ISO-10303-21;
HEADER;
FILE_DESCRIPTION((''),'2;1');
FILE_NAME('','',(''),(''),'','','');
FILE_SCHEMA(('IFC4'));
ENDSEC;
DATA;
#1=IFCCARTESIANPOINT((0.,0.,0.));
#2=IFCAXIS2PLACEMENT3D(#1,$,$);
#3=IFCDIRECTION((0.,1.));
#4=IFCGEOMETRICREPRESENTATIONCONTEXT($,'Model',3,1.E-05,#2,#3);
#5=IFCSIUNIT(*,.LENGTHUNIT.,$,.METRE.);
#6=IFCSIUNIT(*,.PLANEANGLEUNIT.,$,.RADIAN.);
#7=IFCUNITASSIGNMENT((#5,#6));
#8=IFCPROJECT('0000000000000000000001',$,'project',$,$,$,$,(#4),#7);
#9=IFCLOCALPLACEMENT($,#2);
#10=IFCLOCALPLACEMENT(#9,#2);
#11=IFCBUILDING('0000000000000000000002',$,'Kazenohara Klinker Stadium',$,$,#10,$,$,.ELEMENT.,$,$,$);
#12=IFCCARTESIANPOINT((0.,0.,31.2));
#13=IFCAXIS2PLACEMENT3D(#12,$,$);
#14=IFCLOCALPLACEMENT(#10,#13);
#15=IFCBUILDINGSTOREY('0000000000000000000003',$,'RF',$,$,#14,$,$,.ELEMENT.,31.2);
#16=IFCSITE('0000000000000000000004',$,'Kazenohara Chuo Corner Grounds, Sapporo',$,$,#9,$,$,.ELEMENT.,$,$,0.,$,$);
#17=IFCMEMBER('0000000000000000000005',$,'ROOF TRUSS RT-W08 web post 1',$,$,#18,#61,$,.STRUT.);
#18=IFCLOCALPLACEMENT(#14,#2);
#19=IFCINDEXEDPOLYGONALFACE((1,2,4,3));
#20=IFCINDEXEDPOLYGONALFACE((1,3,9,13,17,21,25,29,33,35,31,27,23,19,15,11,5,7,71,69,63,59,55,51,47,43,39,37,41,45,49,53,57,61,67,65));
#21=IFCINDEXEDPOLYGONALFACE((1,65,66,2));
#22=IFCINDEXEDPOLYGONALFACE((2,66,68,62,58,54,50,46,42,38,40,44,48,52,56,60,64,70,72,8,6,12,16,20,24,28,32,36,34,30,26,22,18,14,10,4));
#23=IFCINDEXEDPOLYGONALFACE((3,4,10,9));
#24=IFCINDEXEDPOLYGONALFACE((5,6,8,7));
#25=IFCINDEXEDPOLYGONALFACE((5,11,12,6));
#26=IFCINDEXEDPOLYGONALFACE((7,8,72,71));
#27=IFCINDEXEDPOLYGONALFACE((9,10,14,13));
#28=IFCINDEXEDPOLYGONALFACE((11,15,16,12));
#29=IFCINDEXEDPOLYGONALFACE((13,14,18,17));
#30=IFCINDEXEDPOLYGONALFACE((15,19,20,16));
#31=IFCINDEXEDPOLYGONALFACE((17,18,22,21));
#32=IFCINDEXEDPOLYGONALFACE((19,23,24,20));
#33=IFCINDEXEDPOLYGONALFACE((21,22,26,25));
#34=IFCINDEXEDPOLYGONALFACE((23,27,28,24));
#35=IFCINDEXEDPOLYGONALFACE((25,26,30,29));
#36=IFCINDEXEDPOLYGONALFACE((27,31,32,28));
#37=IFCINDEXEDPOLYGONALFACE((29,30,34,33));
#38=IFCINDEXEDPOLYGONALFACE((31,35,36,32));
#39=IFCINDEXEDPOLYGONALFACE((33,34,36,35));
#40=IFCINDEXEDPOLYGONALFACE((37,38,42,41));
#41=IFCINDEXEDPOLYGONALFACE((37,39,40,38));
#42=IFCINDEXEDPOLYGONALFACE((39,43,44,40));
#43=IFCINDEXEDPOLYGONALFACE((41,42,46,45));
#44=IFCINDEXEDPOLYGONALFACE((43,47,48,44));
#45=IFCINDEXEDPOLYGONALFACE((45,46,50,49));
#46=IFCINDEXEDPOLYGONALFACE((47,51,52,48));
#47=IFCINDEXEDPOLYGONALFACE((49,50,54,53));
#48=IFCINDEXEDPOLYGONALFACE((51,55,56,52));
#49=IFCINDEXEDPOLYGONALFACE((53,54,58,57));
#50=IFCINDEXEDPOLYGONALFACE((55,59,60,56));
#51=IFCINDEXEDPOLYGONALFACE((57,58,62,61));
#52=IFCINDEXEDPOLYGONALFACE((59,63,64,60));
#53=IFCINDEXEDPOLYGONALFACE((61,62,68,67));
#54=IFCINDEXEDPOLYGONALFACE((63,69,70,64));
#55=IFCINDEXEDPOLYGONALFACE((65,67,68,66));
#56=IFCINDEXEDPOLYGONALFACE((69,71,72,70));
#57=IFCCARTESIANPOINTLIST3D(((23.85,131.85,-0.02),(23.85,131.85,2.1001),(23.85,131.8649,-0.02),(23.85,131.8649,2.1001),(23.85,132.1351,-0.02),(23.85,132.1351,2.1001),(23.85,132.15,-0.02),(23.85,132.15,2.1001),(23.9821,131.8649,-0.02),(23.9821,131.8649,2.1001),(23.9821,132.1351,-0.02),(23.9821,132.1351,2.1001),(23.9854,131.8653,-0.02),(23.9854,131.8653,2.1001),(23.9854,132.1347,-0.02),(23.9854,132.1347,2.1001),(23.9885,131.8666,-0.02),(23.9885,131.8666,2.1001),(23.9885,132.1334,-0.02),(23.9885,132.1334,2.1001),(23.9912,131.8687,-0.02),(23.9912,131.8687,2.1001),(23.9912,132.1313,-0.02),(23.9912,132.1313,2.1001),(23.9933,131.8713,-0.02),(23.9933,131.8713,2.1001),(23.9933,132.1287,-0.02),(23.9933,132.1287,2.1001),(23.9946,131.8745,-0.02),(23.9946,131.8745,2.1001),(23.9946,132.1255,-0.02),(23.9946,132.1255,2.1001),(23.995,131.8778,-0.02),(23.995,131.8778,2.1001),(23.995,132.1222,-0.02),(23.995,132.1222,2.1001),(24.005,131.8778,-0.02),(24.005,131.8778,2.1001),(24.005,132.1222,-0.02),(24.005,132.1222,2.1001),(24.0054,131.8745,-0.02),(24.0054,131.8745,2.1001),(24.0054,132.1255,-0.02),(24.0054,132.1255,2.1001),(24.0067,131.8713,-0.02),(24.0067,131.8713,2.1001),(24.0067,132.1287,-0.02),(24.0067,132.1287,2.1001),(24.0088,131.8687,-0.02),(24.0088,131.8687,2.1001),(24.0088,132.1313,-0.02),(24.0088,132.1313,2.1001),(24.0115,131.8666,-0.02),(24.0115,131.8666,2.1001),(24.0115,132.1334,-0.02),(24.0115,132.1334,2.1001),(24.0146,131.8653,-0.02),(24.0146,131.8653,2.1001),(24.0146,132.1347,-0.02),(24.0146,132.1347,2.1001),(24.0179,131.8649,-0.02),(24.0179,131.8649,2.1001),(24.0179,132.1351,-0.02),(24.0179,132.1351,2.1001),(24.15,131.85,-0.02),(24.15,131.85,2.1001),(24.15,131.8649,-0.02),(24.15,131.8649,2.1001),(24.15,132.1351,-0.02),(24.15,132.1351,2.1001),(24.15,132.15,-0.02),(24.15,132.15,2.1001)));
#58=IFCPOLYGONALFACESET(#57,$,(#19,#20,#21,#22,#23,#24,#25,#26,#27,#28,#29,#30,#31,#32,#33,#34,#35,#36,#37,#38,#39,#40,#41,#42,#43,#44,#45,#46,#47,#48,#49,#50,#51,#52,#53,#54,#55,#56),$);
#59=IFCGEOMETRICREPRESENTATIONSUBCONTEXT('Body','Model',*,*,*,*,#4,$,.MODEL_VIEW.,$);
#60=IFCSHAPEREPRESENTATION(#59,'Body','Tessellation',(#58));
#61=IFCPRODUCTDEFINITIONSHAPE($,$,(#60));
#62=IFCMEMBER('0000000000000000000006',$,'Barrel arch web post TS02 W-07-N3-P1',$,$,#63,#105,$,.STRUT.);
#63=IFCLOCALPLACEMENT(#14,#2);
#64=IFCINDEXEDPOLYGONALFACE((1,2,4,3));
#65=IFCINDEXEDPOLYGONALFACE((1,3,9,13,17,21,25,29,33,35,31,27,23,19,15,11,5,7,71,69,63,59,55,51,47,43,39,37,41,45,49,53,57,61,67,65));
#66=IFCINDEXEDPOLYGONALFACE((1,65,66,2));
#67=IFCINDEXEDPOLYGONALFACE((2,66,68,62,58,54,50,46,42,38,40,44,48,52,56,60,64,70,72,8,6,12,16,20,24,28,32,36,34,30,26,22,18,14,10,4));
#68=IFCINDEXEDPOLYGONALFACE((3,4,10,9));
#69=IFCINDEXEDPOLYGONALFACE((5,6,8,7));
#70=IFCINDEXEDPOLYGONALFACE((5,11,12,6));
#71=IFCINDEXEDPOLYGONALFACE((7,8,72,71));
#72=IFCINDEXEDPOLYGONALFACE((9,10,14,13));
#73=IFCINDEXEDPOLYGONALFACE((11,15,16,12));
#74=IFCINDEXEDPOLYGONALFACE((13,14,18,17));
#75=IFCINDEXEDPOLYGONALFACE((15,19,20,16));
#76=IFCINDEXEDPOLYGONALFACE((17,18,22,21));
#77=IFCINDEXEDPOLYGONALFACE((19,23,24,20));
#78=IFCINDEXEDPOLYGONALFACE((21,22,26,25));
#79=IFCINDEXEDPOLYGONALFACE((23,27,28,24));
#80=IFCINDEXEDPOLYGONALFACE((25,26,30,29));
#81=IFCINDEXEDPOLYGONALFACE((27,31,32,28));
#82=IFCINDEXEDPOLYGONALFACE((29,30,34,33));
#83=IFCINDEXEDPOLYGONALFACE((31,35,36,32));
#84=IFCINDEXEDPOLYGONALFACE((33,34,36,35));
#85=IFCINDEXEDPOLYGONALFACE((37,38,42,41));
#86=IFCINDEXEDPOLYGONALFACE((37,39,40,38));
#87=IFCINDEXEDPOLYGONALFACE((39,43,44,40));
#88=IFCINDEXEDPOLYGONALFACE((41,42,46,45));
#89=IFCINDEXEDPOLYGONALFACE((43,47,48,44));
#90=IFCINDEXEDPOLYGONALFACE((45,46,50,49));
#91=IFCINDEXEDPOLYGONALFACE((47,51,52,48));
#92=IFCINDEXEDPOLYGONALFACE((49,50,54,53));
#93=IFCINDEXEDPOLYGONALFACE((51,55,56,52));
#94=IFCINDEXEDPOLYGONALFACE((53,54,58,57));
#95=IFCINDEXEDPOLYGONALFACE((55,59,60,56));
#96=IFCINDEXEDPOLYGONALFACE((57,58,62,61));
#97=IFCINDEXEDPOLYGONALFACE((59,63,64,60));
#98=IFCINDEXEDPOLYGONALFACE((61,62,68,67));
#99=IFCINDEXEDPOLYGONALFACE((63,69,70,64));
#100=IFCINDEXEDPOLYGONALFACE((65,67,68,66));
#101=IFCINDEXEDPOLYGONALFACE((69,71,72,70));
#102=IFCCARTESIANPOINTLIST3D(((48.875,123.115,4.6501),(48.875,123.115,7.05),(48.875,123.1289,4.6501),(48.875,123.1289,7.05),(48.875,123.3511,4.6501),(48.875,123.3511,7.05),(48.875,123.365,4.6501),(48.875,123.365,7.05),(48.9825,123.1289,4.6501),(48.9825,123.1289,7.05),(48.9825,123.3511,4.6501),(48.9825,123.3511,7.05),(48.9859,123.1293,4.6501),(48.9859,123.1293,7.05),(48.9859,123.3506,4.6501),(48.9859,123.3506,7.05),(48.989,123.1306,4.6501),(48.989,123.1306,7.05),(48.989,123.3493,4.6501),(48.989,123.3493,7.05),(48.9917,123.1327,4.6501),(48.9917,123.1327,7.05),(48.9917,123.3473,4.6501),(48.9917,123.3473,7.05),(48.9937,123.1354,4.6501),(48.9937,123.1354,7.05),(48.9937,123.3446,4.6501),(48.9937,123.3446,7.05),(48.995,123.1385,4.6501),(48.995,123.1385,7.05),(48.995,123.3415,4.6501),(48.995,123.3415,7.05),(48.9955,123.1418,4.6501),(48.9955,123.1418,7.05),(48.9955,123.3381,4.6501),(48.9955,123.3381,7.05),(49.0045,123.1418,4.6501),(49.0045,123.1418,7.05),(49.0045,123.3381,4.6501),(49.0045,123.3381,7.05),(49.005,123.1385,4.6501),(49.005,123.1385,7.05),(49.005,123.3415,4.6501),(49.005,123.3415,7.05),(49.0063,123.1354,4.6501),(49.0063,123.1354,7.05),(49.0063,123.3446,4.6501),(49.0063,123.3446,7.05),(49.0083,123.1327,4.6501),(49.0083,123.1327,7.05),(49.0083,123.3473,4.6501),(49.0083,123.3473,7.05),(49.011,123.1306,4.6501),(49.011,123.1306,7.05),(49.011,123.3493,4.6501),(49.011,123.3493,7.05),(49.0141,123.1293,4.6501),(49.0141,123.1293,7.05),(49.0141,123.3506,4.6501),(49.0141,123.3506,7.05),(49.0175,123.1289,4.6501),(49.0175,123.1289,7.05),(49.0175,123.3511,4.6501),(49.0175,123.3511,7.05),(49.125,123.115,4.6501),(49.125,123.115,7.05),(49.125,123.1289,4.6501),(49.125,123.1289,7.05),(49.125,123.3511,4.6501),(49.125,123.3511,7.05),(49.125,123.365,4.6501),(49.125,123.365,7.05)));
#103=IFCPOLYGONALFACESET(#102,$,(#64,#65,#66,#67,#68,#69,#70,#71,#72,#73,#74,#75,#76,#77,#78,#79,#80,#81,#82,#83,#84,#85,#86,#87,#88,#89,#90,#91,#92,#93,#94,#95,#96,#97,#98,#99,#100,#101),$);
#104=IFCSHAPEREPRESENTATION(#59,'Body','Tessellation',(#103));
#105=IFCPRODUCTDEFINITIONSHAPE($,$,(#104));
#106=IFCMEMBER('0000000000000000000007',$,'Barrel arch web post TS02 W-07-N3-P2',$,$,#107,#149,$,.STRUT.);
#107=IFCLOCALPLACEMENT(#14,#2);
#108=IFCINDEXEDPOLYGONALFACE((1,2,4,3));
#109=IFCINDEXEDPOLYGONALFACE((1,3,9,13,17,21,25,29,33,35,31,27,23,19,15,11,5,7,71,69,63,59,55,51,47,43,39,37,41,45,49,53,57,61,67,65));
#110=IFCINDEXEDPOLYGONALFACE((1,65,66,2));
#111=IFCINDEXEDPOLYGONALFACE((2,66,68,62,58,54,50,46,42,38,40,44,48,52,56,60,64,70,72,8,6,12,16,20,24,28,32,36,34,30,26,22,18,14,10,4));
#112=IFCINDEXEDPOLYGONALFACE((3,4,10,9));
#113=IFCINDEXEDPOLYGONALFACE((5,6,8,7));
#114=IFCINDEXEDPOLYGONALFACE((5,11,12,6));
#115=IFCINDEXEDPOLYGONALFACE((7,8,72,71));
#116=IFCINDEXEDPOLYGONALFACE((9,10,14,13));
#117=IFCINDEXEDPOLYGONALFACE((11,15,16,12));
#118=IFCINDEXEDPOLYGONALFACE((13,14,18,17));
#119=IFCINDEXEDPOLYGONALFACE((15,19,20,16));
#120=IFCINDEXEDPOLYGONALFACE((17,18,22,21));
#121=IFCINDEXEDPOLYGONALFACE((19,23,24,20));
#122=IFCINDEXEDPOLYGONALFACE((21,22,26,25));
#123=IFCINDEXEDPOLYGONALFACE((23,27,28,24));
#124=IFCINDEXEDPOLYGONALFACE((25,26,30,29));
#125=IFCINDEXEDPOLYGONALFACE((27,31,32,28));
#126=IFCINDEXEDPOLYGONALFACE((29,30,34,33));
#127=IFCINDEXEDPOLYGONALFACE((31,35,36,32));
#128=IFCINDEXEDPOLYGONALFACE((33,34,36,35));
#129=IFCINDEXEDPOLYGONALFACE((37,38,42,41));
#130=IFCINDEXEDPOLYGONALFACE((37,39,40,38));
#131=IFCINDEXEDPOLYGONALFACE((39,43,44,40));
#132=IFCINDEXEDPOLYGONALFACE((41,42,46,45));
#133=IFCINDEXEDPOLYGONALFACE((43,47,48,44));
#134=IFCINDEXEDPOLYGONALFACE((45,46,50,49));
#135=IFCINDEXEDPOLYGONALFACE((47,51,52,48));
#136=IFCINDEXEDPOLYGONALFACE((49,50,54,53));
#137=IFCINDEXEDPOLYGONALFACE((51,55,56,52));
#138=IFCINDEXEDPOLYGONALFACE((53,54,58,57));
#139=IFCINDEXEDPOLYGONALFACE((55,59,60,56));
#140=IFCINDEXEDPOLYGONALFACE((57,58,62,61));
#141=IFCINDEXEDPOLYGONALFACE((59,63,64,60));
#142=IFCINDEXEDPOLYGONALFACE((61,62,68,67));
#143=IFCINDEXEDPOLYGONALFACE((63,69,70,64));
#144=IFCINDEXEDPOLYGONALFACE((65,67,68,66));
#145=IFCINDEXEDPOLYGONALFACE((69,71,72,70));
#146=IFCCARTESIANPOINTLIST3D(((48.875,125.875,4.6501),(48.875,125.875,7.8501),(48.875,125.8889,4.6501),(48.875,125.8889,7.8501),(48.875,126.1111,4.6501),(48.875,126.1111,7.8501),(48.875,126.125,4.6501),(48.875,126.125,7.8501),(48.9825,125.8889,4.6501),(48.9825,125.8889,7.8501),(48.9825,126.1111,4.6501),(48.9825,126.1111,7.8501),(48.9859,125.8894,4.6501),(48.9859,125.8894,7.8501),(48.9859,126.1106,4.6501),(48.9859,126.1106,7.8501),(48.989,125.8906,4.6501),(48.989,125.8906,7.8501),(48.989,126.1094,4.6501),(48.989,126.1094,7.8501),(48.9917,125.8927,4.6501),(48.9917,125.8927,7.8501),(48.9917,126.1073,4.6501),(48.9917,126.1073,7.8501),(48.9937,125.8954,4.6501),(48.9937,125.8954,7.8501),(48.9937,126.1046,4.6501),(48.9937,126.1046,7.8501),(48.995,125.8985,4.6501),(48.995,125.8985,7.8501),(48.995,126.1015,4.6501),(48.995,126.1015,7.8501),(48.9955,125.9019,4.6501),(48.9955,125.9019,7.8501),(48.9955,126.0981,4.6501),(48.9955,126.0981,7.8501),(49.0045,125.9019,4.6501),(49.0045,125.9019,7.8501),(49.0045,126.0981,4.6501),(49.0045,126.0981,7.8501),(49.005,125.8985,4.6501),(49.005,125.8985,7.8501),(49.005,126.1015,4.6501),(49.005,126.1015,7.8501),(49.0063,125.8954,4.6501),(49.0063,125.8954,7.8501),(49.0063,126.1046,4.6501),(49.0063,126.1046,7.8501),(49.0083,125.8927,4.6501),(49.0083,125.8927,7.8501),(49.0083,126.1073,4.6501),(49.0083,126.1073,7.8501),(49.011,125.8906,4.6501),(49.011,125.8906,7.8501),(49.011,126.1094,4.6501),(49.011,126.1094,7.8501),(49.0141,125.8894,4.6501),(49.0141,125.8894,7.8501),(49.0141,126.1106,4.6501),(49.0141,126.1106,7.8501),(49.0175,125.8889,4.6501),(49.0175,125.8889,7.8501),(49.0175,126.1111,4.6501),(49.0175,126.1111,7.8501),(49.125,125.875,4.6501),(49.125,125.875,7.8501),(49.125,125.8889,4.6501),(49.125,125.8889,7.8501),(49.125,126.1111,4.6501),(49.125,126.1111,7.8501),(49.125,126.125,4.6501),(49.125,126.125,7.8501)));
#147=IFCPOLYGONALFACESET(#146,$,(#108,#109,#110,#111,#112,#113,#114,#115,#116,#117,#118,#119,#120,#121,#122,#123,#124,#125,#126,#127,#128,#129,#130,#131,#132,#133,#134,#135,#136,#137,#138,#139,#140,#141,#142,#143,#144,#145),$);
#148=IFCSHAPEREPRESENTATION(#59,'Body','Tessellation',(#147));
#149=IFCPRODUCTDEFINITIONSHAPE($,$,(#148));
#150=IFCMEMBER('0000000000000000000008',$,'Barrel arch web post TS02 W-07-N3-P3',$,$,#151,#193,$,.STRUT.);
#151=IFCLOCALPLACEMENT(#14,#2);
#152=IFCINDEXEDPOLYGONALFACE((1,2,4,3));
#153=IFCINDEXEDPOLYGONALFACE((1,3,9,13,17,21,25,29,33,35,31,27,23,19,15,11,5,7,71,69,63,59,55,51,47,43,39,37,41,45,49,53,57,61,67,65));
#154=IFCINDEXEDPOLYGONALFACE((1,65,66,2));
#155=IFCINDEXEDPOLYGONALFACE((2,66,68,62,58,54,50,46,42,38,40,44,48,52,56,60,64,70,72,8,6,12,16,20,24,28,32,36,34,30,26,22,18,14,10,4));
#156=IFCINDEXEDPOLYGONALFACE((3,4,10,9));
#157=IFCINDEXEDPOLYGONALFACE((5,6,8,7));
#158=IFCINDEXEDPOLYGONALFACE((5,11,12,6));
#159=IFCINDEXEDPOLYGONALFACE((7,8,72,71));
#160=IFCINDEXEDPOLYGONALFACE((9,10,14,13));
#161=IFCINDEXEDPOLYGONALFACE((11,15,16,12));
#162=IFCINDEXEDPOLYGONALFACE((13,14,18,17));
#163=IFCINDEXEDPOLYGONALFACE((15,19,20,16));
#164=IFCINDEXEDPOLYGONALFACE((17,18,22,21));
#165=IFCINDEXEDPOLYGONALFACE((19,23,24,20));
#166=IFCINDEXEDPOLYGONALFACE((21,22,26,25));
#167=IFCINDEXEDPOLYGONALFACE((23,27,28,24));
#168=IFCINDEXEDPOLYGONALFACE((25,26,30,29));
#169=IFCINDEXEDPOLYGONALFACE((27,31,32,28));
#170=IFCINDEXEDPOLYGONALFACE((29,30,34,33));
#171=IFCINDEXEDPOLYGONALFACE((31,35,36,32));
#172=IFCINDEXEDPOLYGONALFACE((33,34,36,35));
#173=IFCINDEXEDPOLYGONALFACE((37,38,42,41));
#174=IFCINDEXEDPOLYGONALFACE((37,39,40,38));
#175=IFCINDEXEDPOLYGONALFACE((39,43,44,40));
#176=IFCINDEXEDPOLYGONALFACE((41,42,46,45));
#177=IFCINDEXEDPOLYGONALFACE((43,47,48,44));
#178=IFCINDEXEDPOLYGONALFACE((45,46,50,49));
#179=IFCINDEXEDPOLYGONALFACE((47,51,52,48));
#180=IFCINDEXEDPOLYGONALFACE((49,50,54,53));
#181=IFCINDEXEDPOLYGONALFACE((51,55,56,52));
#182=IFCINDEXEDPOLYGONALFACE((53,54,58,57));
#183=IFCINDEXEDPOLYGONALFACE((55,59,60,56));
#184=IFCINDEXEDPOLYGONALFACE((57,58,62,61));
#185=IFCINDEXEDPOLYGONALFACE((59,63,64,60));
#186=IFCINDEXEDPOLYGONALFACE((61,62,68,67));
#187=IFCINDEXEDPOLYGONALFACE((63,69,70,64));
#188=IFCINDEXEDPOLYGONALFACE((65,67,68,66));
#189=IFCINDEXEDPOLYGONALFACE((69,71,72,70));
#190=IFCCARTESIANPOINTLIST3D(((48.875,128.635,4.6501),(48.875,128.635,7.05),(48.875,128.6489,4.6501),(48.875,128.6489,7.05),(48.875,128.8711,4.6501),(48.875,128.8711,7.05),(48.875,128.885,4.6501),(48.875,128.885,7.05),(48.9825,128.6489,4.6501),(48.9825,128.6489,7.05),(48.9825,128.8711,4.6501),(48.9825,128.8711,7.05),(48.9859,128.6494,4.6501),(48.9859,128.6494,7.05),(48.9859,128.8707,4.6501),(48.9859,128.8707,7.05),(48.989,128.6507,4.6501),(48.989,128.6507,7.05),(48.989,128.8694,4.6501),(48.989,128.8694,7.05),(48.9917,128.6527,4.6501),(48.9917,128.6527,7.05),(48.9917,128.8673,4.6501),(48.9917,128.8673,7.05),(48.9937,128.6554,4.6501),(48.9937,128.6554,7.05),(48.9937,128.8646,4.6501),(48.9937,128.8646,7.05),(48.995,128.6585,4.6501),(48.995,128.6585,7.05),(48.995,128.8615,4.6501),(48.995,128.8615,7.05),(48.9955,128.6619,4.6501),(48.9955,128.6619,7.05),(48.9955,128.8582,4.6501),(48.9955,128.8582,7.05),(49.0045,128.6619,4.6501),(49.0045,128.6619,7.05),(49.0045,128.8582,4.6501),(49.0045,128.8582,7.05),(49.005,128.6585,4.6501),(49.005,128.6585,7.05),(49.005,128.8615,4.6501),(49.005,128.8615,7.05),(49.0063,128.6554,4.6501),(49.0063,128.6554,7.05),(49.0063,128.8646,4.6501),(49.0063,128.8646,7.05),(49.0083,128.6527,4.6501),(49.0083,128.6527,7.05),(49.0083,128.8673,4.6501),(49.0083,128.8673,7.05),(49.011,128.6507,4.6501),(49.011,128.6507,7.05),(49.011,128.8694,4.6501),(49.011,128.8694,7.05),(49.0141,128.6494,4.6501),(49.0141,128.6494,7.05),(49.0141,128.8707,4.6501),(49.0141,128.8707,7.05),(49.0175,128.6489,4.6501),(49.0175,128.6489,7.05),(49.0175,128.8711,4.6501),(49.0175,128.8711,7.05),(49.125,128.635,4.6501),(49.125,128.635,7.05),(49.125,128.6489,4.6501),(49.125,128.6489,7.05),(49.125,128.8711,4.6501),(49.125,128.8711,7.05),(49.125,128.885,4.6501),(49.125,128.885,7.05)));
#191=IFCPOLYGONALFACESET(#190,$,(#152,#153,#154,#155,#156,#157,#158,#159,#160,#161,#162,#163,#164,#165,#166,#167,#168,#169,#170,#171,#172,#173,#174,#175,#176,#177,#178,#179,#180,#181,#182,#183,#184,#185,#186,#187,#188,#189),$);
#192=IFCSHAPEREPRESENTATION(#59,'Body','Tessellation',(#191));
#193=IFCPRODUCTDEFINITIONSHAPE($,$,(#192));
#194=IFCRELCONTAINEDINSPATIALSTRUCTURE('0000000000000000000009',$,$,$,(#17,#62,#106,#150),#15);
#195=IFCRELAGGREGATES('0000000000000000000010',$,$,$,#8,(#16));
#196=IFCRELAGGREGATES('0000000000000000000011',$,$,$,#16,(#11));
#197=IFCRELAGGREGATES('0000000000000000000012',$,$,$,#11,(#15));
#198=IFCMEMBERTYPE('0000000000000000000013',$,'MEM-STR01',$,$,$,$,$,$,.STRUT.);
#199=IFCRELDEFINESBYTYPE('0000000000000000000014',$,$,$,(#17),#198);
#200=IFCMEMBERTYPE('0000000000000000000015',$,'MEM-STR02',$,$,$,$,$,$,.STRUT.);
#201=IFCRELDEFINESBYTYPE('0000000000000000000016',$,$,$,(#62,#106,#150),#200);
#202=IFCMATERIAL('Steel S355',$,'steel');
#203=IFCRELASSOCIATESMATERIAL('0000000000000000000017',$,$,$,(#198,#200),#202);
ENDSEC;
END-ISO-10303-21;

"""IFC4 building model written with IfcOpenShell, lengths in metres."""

from ifc_helpers import new_model, si_unit, direction, frame, origin, origin_2d, place, context, subcontext, project, spatial, i_section, extrude, material, material_profile, profile_set, type_object, element, save


model = new_model("IFC4")

# Units and contexts
model_context = context("Model", 3, precision=1e-05, world=origin(), true_north=direction((0.0, 1.0)))
body_context = subcontext(model_context, "Body", "Model", "MODEL_VIEW")
ifc_project = project(units=[si_unit("LENGTHUNIT", "METRE"), si_unit("PLANEANGLEUNIT", "RADIAN")], contexts=[model_context])

# Site, building, storey
site_placement = place(None, origin())
site = spatial("IfcSite", under=ifc_project, at=site_placement, Name="Kazenohara Chuo Corner Grounds, Sapporo", CompositionType="ELEMENT", RefElevation=0.0)
building_placement = place(site_placement, origin())
building = spatial("IfcBuilding", under=site, at=building_placement, Name="Kazenohara Klinker Stadium", CompositionType="ELEMENT")
storey_placement = place(building_placement, frame((0.0, 0.0, 31.2)))
storey = spatial("IfcBuildingStorey", under=building, at=storey_placement, Name="RF", CompositionType="ELEMENT", Elevation=31.2)

# Members
ifc_material_1 = material(Name="Steel S355", Category="steel")
ifc_material_profile_1 = material_profile(ifc_material_1, i_section(OverallWidth=0.3, OverallDepth=0.3, WebThickness=0.01, FlangeThickness=0.0149, FilletRadius=0.0129, at=origin_2d()), Name="H-300x300x10x15")
ifc_profile_set_1 = profile_set([ifc_material_profile_1], Name="Steel S355")
member_type_1 = type_object("IfcMemberType", Name="MEM-STR01", PredefinedType="STRUT", material=ifc_profile_set_1)
member_1_placement = place(storey_placement, frame((24.0, 132.0, -0.02), z_axis=(0.0, 0.0, 1.0), x_axis=(1.0, 0.0, 0.0)))
element("IfcMember", 1, at=member_1_placement, inside=storey, type_object=member_type_1, Name="ROOF TRUSS RT-W08 web post 1", PredefinedType="STRUT", context=body_context, shape_type="SweptSolid", body=[
    extrude(i_section(OverallWidth=0.3, OverallDepth=0.3, WebThickness=0.01, FlangeThickness=0.0149, FilletRadius=0.0129, at=origin_2d()), origin(), (0.0, 0.0, 1.0), 2.1201),
])
ifc_material_profile_2 = material_profile(ifc_material_1, i_section(OverallWidth=0.25, OverallDepth=0.25, WebThickness=0.009, FlangeThickness=0.0139, FilletRadius=0.0129, at=origin_2d()), Name="H-250x250x9x14")
ifc_profile_set_2 = profile_set([ifc_material_profile_2], Name="Steel S355")
member_type_2 = type_object("IfcMemberType", Name="MEM-STR02", PredefinedType="STRUT", material=ifc_profile_set_2)
member_2_placement = place(storey_placement, frame((49.0, 123.24, 4.6501), z_axis=(0.0, 0.0, 1.0), x_axis=(1.0, 0.0, 0.0)))
element("IfcMember", 2, at=member_2_placement, inside=storey, type_object=member_type_2, Name="Barrel arch web post TS02 W-07-N3-P1", PredefinedType="STRUT", context=body_context, shape_type="SweptSolid", body=[
    extrude(i_section(OverallWidth=0.25, OverallDepth=0.25, WebThickness=0.009, FlangeThickness=0.0139, FilletRadius=0.0129, at=origin_2d()), origin(), (0.0, 0.0, 1.0), 2.3999),
])
member_3_placement = place(storey_placement, frame((49.0, 126.0, 4.6501), z_axis=(0.0, 0.0, 1.0), x_axis=(1.0, 0.0, 0.0)))
element("IfcMember", 3, at=member_3_placement, inside=storey, type_object=member_type_2, Name="Barrel arch web post TS02 W-07-N3-P2", PredefinedType="STRUT", context=body_context, shape_type="SweptSolid", body=[
    extrude(i_section(OverallWidth=0.25, OverallDepth=0.25, WebThickness=0.009, FlangeThickness=0.0139, FilletRadius=0.0129, at=origin_2d()), origin(), (0.0, 0.0, 1.0), 3.2),
])
member_4_placement = place(storey_placement, frame((49.0, 128.76, 4.6501), z_axis=(0.0, 0.0, 1.0), x_axis=(1.0, 0.0, 0.0)))
element("IfcMember", 4, at=member_4_placement, inside=storey, type_object=member_type_2, Name="Barrel arch web post TS02 W-07-N3-P3", PredefinedType="STRUT", context=body_context, shape_type="SweptSolid", body=[
    extrude(i_section(OverallWidth=0.25, OverallDepth=0.25, WebThickness=0.009, FlangeThickness=0.0139, FilletRadius=0.0129, at=origin_2d()), origin(), (0.0, 0.0, 1.0), 2.3999),
])

save(model, "model.ifc")
